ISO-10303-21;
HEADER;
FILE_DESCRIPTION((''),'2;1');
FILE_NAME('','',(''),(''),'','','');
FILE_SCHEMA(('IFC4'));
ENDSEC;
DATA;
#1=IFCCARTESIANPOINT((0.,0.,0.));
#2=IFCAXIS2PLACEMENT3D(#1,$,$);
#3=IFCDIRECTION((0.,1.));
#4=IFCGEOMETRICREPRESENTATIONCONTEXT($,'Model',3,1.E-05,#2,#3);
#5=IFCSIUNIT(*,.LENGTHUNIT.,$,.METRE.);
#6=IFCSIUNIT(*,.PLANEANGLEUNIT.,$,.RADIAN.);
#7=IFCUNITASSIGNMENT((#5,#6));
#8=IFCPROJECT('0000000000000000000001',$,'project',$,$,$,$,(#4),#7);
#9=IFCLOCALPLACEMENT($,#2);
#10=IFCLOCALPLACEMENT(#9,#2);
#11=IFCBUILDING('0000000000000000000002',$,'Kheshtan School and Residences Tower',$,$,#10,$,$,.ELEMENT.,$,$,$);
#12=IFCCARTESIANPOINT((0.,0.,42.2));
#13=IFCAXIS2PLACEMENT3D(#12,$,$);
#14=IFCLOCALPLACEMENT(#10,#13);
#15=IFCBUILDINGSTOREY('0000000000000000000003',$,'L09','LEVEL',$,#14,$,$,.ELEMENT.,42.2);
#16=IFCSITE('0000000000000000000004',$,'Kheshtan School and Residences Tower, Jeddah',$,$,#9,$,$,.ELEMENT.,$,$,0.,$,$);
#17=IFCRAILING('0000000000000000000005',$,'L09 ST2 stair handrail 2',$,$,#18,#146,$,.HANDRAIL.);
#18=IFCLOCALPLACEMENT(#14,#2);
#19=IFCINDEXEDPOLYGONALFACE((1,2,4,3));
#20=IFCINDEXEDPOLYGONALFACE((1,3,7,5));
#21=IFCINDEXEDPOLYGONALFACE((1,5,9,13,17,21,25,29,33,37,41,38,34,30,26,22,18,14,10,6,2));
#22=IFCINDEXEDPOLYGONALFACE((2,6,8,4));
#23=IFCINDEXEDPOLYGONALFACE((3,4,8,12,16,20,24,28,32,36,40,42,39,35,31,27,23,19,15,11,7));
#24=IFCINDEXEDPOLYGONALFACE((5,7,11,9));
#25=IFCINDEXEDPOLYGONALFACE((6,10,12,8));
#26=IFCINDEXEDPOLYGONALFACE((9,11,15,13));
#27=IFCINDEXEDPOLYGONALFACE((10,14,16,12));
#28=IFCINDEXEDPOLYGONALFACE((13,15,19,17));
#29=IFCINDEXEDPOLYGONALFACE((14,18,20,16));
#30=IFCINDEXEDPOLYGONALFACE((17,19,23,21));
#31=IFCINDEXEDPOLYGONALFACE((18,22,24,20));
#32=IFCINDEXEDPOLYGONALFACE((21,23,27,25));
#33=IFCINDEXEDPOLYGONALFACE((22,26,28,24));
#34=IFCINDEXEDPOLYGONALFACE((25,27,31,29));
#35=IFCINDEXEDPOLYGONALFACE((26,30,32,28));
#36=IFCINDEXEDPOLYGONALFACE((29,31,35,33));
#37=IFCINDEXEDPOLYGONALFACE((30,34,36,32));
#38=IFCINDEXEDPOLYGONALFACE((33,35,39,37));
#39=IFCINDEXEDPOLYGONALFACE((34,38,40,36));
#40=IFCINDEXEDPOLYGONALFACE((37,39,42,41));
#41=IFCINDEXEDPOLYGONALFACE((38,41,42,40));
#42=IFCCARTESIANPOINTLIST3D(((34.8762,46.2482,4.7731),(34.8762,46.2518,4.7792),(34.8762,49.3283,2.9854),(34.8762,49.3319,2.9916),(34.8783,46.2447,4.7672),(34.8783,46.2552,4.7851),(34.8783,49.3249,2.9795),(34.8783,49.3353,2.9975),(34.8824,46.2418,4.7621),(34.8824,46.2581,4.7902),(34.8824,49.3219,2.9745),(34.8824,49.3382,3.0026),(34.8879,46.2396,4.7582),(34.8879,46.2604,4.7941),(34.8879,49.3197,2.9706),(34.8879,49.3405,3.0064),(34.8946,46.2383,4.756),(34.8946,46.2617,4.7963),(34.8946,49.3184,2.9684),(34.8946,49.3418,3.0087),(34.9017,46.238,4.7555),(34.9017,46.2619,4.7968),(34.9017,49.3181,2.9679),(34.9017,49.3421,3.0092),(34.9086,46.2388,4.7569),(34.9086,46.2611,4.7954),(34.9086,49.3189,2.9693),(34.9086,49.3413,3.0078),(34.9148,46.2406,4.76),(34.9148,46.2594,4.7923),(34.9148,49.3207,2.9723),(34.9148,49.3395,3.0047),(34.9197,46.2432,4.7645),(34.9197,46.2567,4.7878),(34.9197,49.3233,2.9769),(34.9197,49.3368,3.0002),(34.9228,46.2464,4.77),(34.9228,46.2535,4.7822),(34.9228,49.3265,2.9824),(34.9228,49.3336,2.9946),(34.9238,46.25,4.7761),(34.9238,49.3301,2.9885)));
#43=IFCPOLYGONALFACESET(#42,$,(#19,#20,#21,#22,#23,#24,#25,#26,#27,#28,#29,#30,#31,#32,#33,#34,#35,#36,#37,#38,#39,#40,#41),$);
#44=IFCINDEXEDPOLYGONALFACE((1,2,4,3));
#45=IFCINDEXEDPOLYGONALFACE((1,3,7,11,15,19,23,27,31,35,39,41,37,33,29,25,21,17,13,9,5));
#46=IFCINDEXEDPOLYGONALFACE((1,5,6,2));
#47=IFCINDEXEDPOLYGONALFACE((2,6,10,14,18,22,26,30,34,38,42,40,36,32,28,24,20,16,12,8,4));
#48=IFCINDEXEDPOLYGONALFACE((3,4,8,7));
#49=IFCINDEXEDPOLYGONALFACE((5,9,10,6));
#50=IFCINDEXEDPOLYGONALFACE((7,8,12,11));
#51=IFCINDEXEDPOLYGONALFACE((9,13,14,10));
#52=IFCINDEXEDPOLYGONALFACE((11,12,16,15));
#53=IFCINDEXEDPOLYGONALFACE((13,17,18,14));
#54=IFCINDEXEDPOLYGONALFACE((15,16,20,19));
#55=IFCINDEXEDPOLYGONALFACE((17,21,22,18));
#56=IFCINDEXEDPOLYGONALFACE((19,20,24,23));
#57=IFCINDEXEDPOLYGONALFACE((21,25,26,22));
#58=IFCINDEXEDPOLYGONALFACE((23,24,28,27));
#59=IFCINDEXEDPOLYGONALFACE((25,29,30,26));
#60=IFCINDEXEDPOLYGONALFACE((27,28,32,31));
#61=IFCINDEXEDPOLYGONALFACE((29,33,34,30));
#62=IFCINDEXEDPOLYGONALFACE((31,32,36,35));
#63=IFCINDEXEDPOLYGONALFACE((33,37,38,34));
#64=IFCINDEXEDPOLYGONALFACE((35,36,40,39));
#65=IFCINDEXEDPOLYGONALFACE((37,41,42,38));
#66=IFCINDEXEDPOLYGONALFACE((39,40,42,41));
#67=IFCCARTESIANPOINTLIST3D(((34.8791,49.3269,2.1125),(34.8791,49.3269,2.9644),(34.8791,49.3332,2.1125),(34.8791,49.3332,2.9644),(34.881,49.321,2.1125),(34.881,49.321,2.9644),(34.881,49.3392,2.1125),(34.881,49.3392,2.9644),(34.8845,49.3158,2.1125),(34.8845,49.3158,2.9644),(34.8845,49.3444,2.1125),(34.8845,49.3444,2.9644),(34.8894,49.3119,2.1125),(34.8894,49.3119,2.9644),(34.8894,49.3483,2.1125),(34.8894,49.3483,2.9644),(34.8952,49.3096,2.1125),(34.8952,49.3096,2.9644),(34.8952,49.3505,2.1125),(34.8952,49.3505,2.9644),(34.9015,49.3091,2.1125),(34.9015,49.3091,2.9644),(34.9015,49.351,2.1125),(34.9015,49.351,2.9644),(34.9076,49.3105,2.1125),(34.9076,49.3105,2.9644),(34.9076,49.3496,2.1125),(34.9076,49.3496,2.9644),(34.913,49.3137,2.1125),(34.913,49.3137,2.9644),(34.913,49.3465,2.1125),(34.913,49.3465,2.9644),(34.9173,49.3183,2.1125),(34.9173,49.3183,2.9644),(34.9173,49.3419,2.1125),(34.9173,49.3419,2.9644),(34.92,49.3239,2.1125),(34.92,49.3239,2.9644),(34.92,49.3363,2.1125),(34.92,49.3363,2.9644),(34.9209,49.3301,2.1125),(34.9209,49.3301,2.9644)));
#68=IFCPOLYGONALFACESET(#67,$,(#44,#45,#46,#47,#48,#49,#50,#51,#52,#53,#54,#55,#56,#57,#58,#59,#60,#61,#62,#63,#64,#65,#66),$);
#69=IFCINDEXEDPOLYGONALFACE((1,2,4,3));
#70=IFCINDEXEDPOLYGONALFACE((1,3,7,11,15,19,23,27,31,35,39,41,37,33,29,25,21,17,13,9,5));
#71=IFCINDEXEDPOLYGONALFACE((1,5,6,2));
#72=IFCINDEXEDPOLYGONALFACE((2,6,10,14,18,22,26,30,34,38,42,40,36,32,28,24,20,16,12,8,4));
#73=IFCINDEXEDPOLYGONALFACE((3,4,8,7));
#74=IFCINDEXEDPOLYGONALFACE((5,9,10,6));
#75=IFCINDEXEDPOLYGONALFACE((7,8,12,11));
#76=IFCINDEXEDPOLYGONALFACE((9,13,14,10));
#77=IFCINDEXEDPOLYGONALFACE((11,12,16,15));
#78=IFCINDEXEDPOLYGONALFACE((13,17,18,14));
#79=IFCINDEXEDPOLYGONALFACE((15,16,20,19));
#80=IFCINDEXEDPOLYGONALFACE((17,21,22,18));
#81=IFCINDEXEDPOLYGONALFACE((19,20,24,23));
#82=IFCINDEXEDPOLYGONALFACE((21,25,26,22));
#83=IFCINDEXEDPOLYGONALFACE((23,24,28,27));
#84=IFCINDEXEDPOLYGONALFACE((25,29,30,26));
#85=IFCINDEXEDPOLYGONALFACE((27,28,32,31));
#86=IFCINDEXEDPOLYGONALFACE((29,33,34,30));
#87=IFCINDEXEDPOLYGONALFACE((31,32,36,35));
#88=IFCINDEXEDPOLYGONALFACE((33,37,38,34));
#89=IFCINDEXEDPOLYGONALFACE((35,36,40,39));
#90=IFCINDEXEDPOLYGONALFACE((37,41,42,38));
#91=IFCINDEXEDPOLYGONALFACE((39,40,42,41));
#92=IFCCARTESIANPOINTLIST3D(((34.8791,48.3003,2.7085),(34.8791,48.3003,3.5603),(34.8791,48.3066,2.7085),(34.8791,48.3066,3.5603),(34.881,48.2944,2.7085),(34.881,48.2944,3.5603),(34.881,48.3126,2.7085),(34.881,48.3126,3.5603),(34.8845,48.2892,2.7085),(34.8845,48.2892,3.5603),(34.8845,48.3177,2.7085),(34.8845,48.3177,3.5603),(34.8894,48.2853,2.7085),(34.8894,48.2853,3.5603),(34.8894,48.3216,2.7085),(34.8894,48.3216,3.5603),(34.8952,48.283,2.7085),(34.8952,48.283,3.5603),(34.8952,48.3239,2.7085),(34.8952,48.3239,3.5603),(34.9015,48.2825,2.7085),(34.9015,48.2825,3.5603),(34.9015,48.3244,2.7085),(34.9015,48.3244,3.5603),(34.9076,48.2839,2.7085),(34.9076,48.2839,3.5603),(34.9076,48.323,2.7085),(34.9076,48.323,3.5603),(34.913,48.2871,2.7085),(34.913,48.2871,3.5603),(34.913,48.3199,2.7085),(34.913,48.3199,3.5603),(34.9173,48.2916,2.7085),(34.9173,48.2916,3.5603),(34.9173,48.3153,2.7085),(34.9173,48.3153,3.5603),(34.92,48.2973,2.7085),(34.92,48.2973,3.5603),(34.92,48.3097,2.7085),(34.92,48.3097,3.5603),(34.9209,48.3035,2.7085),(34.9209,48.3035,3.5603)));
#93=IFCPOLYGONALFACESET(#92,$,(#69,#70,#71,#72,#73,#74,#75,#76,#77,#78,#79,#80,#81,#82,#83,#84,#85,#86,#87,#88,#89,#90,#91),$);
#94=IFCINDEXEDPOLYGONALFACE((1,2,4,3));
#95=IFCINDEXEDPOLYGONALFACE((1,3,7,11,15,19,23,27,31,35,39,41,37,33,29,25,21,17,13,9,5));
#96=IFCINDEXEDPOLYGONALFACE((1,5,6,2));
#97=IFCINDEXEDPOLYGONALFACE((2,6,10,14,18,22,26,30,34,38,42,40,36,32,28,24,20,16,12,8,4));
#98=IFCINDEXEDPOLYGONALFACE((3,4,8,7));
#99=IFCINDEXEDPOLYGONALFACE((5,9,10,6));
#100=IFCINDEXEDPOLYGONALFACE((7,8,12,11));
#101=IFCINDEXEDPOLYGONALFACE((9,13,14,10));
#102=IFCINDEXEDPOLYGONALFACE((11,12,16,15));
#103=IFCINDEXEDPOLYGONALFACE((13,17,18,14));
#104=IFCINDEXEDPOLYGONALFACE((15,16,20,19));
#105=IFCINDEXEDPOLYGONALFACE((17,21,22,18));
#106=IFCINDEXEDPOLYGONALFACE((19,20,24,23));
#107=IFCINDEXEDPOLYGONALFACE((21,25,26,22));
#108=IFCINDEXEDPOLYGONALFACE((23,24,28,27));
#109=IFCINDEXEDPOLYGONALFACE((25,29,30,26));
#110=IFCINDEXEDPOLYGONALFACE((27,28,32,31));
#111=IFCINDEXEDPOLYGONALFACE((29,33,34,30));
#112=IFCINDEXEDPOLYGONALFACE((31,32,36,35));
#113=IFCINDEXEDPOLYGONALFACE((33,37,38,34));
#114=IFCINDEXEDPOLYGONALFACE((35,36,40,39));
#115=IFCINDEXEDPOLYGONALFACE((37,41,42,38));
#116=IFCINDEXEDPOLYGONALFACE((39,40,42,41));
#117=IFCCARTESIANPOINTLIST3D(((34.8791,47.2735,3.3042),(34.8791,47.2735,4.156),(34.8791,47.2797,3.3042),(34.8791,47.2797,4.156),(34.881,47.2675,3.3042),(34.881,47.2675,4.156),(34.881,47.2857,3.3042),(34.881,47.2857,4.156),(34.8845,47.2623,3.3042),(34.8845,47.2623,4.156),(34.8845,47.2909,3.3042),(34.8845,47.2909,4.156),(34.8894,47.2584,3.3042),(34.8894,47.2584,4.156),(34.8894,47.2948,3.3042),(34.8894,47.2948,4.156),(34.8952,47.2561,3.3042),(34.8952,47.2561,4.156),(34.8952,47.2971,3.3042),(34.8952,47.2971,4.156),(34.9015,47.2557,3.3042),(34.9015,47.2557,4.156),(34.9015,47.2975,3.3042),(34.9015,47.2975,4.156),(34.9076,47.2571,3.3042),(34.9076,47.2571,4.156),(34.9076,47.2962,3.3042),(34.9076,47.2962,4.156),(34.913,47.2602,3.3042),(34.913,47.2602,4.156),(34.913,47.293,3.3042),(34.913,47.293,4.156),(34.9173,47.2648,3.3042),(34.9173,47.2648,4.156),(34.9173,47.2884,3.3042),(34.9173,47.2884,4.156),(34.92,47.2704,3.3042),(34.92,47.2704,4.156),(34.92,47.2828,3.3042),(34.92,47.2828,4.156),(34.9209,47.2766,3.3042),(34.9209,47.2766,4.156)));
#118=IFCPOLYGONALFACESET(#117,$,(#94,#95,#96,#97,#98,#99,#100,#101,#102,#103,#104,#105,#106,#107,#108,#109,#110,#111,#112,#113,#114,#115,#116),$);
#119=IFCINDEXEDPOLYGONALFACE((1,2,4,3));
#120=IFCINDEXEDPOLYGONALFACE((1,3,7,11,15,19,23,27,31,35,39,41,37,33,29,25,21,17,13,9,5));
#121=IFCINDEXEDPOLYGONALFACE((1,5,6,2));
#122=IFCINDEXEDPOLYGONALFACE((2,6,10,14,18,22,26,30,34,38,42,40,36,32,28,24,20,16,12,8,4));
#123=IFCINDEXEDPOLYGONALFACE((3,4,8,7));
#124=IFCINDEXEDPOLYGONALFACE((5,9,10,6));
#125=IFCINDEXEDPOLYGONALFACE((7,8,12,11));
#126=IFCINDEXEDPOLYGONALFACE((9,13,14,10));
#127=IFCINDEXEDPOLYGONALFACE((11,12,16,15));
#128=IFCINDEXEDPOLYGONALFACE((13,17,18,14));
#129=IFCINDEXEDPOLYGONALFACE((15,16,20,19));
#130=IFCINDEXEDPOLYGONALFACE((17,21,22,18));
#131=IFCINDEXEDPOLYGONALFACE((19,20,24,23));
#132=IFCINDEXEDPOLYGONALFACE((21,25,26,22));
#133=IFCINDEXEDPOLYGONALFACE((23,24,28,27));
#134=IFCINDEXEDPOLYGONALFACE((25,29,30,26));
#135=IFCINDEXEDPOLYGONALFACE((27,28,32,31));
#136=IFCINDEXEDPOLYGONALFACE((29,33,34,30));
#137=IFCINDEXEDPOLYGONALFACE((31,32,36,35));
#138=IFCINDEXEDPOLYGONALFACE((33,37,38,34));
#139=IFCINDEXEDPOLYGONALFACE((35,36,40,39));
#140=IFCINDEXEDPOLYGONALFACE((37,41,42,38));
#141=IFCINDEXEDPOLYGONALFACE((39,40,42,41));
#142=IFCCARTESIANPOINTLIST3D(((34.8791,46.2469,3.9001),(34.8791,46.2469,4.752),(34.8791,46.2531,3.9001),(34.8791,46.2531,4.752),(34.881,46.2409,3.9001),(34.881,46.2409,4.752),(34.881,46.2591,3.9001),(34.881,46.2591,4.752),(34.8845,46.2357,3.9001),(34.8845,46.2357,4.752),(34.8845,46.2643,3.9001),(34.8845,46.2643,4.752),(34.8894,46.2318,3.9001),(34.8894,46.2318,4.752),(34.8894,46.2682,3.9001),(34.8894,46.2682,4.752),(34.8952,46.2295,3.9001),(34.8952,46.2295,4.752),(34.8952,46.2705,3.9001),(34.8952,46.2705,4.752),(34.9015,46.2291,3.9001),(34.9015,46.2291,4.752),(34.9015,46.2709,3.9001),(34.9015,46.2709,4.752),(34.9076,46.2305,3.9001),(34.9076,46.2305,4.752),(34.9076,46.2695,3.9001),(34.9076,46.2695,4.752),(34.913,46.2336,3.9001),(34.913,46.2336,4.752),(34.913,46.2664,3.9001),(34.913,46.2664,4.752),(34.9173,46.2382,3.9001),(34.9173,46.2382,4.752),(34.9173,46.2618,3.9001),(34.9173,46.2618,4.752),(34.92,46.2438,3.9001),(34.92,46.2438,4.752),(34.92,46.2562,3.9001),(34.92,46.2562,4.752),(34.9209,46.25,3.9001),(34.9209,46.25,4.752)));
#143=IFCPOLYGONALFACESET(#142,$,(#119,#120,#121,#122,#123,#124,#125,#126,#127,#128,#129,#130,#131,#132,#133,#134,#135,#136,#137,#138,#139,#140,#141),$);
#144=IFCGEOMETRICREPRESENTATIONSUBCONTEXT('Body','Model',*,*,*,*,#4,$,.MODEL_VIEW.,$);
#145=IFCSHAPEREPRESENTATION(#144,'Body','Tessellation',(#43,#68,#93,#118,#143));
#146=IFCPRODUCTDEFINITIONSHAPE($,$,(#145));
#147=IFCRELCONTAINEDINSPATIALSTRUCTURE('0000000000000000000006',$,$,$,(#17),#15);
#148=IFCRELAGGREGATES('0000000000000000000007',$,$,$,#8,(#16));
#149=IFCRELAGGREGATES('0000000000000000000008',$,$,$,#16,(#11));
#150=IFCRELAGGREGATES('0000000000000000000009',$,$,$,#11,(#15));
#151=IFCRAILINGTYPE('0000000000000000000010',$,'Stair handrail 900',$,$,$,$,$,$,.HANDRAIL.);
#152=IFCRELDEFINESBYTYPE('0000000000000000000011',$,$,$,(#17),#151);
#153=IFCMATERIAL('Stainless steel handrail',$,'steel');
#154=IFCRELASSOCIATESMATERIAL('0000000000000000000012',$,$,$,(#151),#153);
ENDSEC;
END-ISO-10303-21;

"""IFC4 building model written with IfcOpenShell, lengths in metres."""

from ifc_helpers import new_model, si_unit, direction, frame, origin, origin_2d, place, context, subcontext, project, spatial, circle, extrude, material, type_object, element, save


model = new_model("IFC4")

# Units and contexts
model_context = context("Model", 3, precision=1e-05, world=origin(), true_north=direction((0.0, 1.0)))
body_context = subcontext(model_context, "Body", "Model", "MODEL_VIEW")
ifc_project = project(units=[si_unit("LENGTHUNIT", "METRE"), si_unit("PLANEANGLEUNIT", "RADIAN")], contexts=[model_context])

# Site, building, storey
site_placement = place(None, origin())
site = spatial("IfcSite", under=ifc_project, at=site_placement, Name="Kheshtan School and Residences Tower, Jeddah", CompositionType="ELEMENT", RefElevation=0.0)
building_placement = place(site_placement, origin())
building = spatial("IfcBuilding", under=site, at=building_placement, Name="Kheshtan School and Residences Tower", CompositionType="ELEMENT")
storey_placement = place(building_placement, frame((0.0, 0.0, 42.2)))
storey = spatial("IfcBuildingStorey", under=building, at=storey_placement, Name="L09", Description="LEVEL", CompositionType="ELEMENT", Elevation=42.2)

# Railing
ifc_material_1 = material(Name="Stainless steel handrail", Category="steel")
railing_type_1 = type_object("IfcRailingType", Name="Stair handrail 900", PredefinedType="HANDRAIL", material=ifc_material_1)
railing_1_placement = place(storey_placement, frame((34.8999, 49.3301, 2.1125)))
element("IfcRailing", 1, at=railing_1_placement, inside=storey, type_object=railing_type_1, Name="L09 ST2 stair handrail 2", PredefinedType="HANDRAIL", context=body_context, shape_type="SweptSolid", body=[
    extrude(circle(Radius=0.0239, at=origin_2d()), frame((0.0, 0.0, 0.876), z_axis=(0.0, -0.864891, 0.50196), x_axis=(1.0, 0.0, 0.0)), (0.0, 0.0, 1.0), 3.5613),
    extrude(circle(Radius=0.021, at=origin_2d()), origin(), (0.0, 0.0, 1.0), 0.8518),
    extrude(circle(Radius=0.021, at=origin_2d()), frame((0.0, -1.0266, 0.5959)), (0.0, 0.0, 1.0), 0.8518),
    extrude(circle(Radius=0.021, at=origin_2d()), frame((0.0, -2.0535, 1.1917)), (0.0, 0.0, 1.0), 0.8518),
    extrude(circle(Radius=0.021, at=origin_2d()), frame((0.0, -3.0801, 1.7876)), (0.0, 0.0, 1.0), 0.8518),
])

save(model, "model.ifc")
